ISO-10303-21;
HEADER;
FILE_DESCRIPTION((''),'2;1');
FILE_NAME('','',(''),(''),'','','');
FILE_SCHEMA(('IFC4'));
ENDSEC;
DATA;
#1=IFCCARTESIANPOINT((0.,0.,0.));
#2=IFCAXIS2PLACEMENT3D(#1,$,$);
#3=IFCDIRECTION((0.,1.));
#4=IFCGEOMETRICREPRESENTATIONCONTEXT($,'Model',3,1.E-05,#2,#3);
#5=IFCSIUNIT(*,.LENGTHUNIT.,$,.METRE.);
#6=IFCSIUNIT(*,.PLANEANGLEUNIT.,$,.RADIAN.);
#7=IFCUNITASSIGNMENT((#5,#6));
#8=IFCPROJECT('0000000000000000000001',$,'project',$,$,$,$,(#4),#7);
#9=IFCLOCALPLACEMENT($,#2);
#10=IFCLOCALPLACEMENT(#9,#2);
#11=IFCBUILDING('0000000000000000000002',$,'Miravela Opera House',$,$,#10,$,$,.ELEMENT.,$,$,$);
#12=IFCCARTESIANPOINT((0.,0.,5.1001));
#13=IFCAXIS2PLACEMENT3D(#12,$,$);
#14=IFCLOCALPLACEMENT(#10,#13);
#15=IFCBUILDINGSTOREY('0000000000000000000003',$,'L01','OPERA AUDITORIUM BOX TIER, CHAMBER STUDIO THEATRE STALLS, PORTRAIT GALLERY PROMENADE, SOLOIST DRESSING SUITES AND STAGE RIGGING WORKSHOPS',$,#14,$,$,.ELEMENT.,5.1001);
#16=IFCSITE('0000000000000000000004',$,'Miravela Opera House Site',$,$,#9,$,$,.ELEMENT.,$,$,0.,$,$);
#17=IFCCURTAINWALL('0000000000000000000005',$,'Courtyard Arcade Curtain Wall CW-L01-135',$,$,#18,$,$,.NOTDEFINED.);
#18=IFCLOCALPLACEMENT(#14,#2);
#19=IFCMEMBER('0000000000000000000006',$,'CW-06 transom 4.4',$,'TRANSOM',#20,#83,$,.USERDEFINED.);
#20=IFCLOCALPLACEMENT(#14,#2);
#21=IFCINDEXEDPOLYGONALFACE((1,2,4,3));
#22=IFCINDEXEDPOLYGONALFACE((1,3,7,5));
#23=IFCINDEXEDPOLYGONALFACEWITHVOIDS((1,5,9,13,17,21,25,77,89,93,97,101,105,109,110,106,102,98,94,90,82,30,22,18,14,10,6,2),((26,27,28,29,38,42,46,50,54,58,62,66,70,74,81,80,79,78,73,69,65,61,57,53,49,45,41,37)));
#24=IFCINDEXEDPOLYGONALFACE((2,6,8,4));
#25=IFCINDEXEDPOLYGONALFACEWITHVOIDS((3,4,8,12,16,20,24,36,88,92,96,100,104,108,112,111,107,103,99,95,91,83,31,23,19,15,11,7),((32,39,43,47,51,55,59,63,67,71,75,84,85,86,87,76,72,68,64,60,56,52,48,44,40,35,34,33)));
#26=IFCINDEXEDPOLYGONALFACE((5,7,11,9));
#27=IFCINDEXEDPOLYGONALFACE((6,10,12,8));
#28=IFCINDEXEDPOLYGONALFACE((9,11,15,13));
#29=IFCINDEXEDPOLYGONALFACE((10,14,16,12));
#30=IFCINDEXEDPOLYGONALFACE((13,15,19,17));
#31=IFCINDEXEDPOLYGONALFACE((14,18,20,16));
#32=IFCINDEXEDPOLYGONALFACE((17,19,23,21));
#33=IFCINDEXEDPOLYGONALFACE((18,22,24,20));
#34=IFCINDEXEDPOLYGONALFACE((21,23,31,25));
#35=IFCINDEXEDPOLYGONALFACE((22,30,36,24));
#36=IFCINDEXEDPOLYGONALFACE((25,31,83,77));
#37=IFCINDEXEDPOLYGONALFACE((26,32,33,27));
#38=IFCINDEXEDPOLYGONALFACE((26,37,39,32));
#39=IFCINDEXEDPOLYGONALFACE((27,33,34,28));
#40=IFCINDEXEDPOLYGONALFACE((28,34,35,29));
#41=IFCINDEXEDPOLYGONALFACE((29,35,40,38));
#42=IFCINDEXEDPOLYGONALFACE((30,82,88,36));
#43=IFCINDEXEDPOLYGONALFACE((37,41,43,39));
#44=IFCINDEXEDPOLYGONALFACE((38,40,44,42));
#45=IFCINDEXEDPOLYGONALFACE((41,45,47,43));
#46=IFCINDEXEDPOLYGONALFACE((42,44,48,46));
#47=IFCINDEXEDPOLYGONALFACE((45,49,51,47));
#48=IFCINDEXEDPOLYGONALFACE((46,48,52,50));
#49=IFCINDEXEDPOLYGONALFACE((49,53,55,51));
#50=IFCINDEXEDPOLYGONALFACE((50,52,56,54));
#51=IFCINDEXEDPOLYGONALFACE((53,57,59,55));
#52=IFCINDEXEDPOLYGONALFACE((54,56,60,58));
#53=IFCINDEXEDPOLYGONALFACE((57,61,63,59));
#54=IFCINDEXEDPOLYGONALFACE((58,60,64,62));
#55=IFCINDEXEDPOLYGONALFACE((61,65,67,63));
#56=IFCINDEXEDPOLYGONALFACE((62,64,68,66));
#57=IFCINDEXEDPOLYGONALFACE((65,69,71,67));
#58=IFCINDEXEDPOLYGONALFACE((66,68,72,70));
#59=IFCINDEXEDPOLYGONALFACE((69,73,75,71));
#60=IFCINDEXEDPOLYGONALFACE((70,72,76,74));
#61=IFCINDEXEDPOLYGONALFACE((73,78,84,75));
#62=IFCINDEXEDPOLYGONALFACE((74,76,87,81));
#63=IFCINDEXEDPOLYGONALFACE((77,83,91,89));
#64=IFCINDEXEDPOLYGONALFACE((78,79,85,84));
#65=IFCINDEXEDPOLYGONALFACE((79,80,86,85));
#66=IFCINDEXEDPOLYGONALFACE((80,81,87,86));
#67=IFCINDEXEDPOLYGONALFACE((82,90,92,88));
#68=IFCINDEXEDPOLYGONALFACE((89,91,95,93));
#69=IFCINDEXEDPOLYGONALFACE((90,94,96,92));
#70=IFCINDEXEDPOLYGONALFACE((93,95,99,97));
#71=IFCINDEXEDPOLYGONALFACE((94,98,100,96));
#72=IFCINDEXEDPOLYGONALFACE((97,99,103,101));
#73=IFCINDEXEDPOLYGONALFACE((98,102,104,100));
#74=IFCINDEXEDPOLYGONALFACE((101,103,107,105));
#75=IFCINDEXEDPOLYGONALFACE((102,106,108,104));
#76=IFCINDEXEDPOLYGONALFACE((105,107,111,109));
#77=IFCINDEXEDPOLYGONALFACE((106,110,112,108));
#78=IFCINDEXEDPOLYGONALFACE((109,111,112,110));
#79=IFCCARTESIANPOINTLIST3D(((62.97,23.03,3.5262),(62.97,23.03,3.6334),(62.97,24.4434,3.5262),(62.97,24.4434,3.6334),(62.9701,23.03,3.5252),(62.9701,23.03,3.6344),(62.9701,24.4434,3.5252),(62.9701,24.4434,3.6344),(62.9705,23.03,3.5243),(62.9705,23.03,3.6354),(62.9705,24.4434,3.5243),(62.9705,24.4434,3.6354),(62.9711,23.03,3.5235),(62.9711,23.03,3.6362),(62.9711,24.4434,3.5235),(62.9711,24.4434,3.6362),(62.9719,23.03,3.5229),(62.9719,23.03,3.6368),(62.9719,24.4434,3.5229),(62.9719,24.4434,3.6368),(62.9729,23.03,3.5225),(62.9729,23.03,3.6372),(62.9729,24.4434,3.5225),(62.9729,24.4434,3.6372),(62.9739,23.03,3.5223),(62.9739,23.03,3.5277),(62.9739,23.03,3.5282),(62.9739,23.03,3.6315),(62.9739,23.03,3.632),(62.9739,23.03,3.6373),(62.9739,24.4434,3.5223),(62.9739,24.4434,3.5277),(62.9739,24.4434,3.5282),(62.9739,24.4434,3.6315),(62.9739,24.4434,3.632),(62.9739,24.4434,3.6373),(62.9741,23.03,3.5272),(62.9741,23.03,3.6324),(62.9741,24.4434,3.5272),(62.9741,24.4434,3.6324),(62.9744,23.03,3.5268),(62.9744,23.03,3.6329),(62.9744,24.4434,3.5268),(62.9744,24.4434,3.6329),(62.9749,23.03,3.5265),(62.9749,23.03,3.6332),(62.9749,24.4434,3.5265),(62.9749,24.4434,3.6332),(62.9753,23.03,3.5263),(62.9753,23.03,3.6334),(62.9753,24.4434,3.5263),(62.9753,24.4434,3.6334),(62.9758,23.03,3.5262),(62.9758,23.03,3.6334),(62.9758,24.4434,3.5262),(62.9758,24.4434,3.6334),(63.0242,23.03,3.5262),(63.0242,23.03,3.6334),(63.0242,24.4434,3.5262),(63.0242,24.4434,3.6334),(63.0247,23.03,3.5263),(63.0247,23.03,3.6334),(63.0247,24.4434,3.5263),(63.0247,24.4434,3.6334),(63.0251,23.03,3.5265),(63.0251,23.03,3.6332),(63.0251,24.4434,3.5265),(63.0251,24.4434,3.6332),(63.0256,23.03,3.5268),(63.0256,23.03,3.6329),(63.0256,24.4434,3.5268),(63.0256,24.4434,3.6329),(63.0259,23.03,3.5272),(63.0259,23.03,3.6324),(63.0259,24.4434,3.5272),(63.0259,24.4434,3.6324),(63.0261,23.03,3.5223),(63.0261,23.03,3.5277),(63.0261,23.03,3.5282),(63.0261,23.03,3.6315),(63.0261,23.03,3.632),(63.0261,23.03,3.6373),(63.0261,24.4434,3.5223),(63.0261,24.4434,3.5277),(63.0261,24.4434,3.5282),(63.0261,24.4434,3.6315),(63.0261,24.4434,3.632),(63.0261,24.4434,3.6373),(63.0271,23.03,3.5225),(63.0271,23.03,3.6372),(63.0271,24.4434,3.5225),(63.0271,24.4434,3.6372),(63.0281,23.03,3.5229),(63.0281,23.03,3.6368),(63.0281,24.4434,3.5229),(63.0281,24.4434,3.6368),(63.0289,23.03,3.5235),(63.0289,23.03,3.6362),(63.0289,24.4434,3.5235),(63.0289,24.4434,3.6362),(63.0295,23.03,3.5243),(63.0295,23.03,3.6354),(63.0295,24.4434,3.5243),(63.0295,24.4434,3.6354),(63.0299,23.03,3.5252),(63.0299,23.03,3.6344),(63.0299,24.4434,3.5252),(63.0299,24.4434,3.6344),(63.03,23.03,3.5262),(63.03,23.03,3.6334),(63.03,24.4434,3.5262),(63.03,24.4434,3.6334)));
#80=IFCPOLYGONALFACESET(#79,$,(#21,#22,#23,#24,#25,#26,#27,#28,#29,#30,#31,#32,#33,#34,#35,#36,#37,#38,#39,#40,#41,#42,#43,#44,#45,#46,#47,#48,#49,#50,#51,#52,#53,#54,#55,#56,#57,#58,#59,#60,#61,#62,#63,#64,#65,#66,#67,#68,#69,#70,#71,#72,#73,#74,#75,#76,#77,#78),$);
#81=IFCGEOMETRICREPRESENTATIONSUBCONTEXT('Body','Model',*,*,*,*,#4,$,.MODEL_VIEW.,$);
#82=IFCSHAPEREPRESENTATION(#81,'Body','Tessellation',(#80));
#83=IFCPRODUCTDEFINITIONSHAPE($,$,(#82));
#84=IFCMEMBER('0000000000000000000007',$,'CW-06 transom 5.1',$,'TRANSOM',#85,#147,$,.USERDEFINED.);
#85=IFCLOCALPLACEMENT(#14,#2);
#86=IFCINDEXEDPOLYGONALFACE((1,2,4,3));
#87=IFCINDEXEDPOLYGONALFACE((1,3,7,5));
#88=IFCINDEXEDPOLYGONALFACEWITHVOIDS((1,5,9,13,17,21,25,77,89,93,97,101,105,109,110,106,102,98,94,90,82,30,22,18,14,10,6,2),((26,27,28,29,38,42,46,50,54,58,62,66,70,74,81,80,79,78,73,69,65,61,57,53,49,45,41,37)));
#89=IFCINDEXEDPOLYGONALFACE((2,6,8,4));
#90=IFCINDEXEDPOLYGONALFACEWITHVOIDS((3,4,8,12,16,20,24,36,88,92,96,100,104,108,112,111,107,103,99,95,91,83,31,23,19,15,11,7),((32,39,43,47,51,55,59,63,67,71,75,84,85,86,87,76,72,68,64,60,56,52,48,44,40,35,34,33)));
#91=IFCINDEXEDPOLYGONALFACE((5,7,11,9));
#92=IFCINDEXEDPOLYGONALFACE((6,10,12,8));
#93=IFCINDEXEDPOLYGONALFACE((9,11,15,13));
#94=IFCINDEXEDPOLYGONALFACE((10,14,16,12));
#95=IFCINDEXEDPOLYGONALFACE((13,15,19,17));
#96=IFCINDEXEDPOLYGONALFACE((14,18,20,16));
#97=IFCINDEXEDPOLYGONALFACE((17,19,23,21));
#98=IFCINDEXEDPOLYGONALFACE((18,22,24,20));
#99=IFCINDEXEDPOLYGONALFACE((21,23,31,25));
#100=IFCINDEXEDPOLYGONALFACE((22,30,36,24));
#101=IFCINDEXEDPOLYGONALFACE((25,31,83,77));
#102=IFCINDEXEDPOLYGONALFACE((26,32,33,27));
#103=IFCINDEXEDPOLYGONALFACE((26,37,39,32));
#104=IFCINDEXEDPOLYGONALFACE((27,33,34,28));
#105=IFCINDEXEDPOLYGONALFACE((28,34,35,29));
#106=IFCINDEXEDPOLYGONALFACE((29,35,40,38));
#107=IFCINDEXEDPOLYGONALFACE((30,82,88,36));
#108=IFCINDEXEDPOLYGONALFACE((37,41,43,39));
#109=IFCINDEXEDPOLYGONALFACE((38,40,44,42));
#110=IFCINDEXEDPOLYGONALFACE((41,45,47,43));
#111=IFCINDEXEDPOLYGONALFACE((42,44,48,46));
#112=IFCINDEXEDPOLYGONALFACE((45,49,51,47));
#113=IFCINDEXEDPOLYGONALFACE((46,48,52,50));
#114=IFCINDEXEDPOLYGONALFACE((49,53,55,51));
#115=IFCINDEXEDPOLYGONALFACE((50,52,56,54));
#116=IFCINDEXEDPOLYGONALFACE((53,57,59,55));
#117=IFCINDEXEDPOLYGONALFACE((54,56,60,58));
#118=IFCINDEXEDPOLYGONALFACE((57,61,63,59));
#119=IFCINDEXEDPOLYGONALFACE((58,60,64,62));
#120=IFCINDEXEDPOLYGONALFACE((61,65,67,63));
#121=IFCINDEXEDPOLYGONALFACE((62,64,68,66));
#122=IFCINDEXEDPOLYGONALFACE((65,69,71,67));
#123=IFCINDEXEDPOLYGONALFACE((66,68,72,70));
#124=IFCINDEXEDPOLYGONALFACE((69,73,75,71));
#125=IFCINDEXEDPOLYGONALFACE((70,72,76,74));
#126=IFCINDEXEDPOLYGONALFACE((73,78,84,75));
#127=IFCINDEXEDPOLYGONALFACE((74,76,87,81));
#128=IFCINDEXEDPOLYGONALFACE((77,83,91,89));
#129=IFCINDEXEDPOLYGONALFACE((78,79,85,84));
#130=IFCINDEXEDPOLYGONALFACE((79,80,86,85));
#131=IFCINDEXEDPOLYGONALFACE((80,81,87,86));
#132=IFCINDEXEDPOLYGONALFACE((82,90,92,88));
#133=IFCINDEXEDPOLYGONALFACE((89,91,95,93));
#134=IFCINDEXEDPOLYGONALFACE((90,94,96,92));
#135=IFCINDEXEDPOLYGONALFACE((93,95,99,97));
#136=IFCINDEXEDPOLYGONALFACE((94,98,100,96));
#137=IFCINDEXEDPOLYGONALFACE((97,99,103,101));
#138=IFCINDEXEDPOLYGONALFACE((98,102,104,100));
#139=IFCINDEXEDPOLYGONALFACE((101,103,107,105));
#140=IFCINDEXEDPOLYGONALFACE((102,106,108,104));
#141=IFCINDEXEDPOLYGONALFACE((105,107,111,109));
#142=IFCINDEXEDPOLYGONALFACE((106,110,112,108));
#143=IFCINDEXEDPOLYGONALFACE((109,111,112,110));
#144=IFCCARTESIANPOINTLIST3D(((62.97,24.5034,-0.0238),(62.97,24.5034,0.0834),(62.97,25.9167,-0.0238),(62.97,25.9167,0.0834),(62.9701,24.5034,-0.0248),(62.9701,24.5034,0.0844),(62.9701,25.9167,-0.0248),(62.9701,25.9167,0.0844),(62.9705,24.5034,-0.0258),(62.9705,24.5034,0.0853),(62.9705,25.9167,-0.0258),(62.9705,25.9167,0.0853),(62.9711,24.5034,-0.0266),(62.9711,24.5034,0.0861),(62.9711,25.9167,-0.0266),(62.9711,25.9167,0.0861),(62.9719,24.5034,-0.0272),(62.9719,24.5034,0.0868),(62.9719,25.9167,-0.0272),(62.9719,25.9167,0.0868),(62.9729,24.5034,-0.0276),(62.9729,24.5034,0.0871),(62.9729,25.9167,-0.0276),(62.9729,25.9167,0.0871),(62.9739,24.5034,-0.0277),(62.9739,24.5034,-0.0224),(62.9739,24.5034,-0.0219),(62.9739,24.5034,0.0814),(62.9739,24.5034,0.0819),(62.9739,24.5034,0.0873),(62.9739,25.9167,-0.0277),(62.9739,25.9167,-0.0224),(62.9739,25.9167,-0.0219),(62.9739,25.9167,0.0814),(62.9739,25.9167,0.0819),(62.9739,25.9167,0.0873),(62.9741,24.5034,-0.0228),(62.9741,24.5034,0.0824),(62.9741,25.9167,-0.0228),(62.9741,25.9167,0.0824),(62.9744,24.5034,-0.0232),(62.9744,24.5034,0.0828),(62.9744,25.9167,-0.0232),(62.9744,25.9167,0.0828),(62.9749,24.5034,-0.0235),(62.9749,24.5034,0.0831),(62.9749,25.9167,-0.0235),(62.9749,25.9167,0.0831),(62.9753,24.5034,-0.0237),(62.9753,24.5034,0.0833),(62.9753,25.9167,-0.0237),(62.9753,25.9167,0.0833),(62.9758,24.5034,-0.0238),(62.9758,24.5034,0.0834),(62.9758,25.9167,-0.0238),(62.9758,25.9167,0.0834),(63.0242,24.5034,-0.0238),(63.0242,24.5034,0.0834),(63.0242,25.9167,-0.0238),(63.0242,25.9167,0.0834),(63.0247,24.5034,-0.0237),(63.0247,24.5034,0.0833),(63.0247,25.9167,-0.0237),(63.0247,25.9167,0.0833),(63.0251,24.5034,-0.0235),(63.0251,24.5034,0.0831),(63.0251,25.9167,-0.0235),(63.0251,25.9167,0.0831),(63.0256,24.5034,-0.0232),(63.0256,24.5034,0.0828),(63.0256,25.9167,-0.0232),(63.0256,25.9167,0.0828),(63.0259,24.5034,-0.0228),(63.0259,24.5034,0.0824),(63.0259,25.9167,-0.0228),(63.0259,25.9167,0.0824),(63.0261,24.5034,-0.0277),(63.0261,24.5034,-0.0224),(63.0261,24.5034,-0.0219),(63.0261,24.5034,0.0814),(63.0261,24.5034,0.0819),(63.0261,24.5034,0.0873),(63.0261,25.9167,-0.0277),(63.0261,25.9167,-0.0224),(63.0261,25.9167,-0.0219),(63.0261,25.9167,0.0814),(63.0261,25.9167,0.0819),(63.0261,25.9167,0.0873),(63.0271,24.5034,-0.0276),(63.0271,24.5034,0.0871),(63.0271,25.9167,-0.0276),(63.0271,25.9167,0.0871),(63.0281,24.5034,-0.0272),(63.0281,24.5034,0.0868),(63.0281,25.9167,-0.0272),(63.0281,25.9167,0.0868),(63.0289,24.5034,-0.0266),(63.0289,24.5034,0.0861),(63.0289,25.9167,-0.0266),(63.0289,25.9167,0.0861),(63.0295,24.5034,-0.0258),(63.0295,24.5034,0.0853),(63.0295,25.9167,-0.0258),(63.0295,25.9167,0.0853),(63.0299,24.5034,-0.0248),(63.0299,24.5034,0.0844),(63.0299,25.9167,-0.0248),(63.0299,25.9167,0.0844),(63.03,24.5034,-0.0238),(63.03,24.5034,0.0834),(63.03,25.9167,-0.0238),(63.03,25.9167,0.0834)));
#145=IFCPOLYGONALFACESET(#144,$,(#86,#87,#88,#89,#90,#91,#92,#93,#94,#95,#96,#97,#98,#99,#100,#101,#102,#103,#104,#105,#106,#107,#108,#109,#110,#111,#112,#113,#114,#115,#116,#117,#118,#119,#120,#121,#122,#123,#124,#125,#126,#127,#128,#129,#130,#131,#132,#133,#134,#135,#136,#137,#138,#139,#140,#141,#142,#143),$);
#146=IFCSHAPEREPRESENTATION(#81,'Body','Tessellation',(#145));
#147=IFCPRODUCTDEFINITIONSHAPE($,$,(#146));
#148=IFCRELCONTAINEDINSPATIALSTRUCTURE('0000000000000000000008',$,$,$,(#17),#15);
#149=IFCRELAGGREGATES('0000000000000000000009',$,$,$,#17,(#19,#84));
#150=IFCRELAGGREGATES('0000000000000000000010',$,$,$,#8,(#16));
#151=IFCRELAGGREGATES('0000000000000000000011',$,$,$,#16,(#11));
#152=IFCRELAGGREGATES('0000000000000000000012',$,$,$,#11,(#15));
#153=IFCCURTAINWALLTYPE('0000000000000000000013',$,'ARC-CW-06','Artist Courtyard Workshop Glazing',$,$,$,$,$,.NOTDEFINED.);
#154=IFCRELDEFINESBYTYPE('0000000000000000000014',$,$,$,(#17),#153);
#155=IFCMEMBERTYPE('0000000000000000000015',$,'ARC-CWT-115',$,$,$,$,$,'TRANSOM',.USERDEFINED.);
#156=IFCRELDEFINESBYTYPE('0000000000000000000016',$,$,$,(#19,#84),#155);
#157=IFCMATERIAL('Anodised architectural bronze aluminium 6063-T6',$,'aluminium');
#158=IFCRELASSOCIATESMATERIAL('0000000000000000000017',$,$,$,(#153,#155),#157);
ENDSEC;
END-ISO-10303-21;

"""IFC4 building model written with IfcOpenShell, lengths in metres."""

from ifc_helpers import new_model, si_unit, direction, frame, origin, origin_2d, place, context, subcontext, project, spatial, hollow_rectangle, extrude, material, material_profile, profile_set, type_object, element, aggregate, save


model = new_model("IFC4")

# Units and contexts
model_context = context("Model", 3, precision=1e-05, world=origin(), true_north=direction((0.0, 1.0)))
body_context = subcontext(model_context, "Body", "Model", "MODEL_VIEW")
ifc_project = project(units=[si_unit("LENGTHUNIT", "METRE"), si_unit("PLANEANGLEUNIT", "RADIAN")], contexts=[model_context])

# Site, building, storey
site_placement = place(None, origin())
site = spatial("IfcSite", under=ifc_project, at=site_placement, Name="Miravela Opera House Site", CompositionType="ELEMENT", RefElevation=0.0)
building_placement = place(site_placement, origin())
building = spatial("IfcBuilding", under=site, at=building_placement, Name="Miravela Opera House", CompositionType="ELEMENT")
storey_placement = place(building_placement, frame((0.0, 0.0, 5.1001)))
storey = spatial("IfcBuildingStorey", under=building, at=storey_placement, Name="L01", Description="OPERA AUDITORIUM BOX TIER, CHAMBER STUDIO THEATRE STALLS, PORTRAIT GALLERY PROMENADE, SOLOIST DRESSING SUITES AND STAGE RIGGING WORKSHOPS", CompositionType="ELEMENT", Elevation=5.1001)

# Curtain wall, members
ifc_material_1 = material(Name="Anodised architectural bronze aluminium 6063-T6", Category="aluminium")
curtain_wall_type = type_object("IfcCurtainWallType", Name="ARC-CW-06", Description="Artist Courtyard Workshop Glazing", PredefinedType="NOTDEFINED", material=ifc_material_1)
curtain_wall_placement = place(storey_placement, origin())
curtain_wall = element("IfcCurtainWall", 1, at=curtain_wall_placement, inside=storey, type_object=curtain_wall_type, Name="Courtyard Arcade Curtain Wall CW-L01-135", PredefinedType="NOTDEFINED")
ifc_material_profile_1 = material_profile(ifc_material_1, hollow_rectangle(XDim=0.0601, YDim=0.115, WallThickness=0.0039, InnerFilletRadius=0.002, OuterFilletRadius=0.0039, at=origin_2d()), Name="CWT-60X115")
ifc_profile_set_1 = profile_set([ifc_material_profile_1])
member_type_1 = type_object("IfcMemberType", Name="ARC-CWT-115", ElementType="TRANSOM", PredefinedType="USERDEFINED", material=ifc_profile_set_1)
member_1_placement = place(storey_placement, frame((63.0, 23.03, 3.5798), z_axis=(0.0, 1.0, 0.0), x_axis=(-1.0, 0.0, 0.0)))
member_1 = element("IfcMember", 2, at=member_1_placement, type_object=member_type_1, Name="CW-06 transom 4.4", ObjectType="TRANSOM", PredefinedType="USERDEFINED", context=body_context, shape_type="SweptSolid", body=[
    extrude(hollow_rectangle(XDim=0.0601, YDim=0.115, WallThickness=0.0039, InnerFilletRadius=0.002, OuterFilletRadius=0.0039, at=origin_2d()), origin(), (0.0, 0.0, 1.0), 1.4133),
])
member_2_placement = place(storey_placement, frame((63.0, 24.5034, 0.0298), z_axis=(0.0, 1.0, 0.0), x_axis=(-1.0, 0.0, 0.0)))
member_2 = element("IfcMember", 3, at=member_2_placement, type_object=member_type_1, Name="CW-06 transom 5.1", ObjectType="TRANSOM", PredefinedType="USERDEFINED", context=body_context, shape_type="SweptSolid", body=[
    extrude(hollow_rectangle(XDim=0.0601, YDim=0.115, WallThickness=0.0039, InnerFilletRadius=0.002, OuterFilletRadius=0.0039, at=origin_2d()), origin(), (0.0, 0.0, 1.0), 1.4133),
])

aggregate(curtain_wall, [member_1, member_2])

save(model, "model.ifc")
